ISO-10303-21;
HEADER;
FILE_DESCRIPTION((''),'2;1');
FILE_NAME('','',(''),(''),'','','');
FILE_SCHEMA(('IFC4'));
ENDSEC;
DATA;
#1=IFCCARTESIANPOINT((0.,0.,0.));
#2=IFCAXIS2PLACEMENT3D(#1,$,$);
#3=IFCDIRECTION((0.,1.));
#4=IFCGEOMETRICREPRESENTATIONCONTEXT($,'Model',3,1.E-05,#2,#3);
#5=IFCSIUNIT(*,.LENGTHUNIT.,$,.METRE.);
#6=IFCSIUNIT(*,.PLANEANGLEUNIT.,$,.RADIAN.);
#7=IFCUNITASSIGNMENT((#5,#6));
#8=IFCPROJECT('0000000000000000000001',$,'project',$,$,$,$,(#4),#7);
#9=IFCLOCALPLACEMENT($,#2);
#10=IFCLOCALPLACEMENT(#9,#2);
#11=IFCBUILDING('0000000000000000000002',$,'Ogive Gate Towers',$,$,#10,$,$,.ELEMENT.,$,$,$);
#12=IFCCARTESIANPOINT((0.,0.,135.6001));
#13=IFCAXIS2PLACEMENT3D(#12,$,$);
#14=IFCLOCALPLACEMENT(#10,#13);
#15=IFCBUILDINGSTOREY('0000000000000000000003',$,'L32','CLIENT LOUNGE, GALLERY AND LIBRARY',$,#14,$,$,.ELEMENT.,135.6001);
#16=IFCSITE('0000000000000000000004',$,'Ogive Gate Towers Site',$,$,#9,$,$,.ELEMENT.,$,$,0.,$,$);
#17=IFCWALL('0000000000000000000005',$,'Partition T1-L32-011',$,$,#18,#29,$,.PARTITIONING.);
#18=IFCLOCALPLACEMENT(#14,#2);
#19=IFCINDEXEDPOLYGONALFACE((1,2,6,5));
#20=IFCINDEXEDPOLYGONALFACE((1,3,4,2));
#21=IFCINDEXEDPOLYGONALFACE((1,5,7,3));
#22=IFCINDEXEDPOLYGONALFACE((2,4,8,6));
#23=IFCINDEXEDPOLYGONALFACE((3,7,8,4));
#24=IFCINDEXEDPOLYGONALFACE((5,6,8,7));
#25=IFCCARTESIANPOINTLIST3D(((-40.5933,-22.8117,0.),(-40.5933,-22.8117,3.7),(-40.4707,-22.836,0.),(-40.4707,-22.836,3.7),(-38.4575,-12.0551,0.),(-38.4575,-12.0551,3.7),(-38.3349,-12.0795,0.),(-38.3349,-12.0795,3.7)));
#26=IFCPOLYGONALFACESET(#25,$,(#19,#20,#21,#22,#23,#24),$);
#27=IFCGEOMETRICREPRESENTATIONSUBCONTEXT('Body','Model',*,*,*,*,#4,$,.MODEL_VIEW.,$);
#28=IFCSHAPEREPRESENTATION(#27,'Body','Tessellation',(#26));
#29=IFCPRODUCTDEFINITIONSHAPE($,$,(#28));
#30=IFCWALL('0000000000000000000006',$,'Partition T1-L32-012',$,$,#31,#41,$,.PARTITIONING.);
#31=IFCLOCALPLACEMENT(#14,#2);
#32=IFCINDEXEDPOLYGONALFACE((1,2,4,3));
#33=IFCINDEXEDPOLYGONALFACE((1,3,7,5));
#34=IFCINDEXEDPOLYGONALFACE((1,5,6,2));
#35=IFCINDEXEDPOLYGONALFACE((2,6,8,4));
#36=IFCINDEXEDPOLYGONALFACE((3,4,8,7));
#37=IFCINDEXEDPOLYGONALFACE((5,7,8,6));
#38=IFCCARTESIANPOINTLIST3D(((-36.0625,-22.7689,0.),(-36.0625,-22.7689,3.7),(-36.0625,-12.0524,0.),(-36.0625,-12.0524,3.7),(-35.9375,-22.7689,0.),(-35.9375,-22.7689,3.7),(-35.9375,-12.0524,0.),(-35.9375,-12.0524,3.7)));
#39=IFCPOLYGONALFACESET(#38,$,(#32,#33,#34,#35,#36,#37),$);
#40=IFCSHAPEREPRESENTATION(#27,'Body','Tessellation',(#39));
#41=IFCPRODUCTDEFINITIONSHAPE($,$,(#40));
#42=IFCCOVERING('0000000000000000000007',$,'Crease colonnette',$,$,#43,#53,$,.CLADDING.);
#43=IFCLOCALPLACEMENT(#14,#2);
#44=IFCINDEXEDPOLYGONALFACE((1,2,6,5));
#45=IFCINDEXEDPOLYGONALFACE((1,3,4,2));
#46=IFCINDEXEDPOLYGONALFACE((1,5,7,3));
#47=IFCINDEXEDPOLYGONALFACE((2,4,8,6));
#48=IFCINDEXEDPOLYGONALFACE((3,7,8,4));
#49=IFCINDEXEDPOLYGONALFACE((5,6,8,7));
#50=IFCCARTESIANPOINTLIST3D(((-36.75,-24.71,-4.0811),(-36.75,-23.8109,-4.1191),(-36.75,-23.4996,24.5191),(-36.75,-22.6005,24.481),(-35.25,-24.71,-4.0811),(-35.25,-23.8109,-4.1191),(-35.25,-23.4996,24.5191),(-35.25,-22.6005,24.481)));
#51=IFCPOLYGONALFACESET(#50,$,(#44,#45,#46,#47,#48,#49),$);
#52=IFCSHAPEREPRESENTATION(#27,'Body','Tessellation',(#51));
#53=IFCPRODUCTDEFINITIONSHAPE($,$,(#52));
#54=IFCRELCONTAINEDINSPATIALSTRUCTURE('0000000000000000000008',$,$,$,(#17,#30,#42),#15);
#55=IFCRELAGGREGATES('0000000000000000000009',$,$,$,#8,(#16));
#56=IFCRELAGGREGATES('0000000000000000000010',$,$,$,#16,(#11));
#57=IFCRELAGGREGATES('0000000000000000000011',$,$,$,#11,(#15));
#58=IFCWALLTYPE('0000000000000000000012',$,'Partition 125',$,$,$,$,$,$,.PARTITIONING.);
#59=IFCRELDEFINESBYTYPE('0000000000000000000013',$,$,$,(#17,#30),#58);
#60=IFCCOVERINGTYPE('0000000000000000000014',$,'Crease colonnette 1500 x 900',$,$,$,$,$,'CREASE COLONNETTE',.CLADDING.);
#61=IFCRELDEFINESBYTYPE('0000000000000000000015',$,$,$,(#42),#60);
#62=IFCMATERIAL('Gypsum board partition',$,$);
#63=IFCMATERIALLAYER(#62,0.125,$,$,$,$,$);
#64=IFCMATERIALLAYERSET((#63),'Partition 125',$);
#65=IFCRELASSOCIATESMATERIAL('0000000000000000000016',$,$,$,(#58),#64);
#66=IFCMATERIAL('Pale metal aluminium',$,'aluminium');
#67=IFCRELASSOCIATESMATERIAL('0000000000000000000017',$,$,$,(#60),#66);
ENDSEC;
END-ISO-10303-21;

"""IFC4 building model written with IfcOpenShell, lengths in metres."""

from ifc_helpers import new_model, si_unit, direction, frame, frame_2d, origin, origin_2d, place, context, subcontext, project, spatial, rectangle, extrude, material, layer, layer_set, material_profile, profile_set, type_object, element, save


model = new_model("IFC4")

# Units and contexts
model_context = context("Model", 3, precision=1e-05, world=origin(), true_north=direction((0.0, 1.0)))
body_context = subcontext(model_context, "Body", "Model", "MODEL_VIEW")
ifc_project = project(units=[si_unit("LENGTHUNIT", "METRE"), si_unit("PLANEANGLEUNIT", "RADIAN")], contexts=[model_context])

# Site, building, storey
site_placement = place(None, origin())
site = spatial("IfcSite", under=ifc_project, at=site_placement, Name="Ogive Gate Towers Site", CompositionType="ELEMENT", RefElevation=0.0)
building_placement = place(site_placement, origin())
building = spatial("IfcBuilding", under=site, at=building_placement, Name="Ogive Gate Towers", CompositionType="ELEMENT")
storey_placement = place(building_placement, frame((0.0, 0.0, 135.6001)))
storey = spatial("IfcBuildingStorey", under=building, at=storey_placement, Name="L32", Description="CLIENT LOUNGE, GALLERY AND LIBRARY", CompositionType="ELEMENT", Elevation=135.6001)

# Shared definitions
ifc_material_1 = material(Name="Pale metal aluminium", Category="aluminium")

# Walls
ifc_material_2 = material(Name="Gypsum board partition")
ifc_layer_1 = layer(ifc_material_2, 0.125)
ifc_layer_set_1 = layer_set([ifc_layer_1], Name="Partition 125")
wall_type = type_object("IfcWallType", Name="Partition 125", PredefinedType="PARTITIONING", material=ifc_layer_set_1)
wall_1_placement = place(storey_placement, frame((-40.532, -22.824, 0.0), z_axis=(0.0, 0.0, 1.0), x_axis=(0.19475, 0.980853, 0.0)))
element("IfcWall", 1, at=wall_1_placement, inside=storey, type_object=wall_type, Name="Partition T1-L32-011", PredefinedType="PARTITIONING", context=body_context, shape_type="SweptSolid", body=[
    extrude(rectangle(XDim=10.9666, YDim=0.125, at=frame_2d((5.4834, 0.0))), origin(), (0.0, 0.0, 1.0), 3.7),
])
wall_2_placement = place(storey_placement, frame((-36.0, -22.769, 0.0), z_axis=(0.0, 0.0, 1.0), x_axis=(0.0, 1.0, 0.0)))
element("IfcWall", 2, at=wall_2_placement, inside=storey, type_object=wall_type, Name="Partition T1-L32-012", PredefinedType="PARTITIONING", context=body_context, shape_type="SweptSolid", body=[
    extrude(rectangle(XDim=10.7166, YDim=0.125, at=frame_2d((5.3584, 0.0))), origin(), (0.0, 0.0, 1.0), 3.7),
])

# Covering
ifc_material_profile_1 = material_profile(ifc_material_1, rectangle(XDim=1.5, YDim=0.8999, at=origin_2d()), Name="1500 x 900 pale metal aluminium")
ifc_profile_set_1 = profile_set([ifc_material_profile_1], Name="Pale metal aluminium")
covering_type = type_object("IfcCoveringType", Name="Crease colonnette 1500 x 900", ElementType="CREASE COLONNETTE", PredefinedType="CLADDING", material=ifc_profile_set_1)
covering_placement = place(storey_placement, frame((-36.0, -24.2605, -4.1001), z_axis=(0.0, 0.042285, 0.999106), x_axis=(-1.0, 0.0, 0.0)))
element("IfcCovering", 3, at=covering_placement, inside=storey, type_object=covering_type, Name="Crease colonnette", PredefinedType="CLADDING", context=body_context, shape_type="SweptSolid", body=[
    extrude(rectangle(XDim=1.5, YDim=0.8999, at=origin_2d()), origin(), (0.0, 0.0, 1.0), 28.6257),
])

save(model, "model.ifc")
